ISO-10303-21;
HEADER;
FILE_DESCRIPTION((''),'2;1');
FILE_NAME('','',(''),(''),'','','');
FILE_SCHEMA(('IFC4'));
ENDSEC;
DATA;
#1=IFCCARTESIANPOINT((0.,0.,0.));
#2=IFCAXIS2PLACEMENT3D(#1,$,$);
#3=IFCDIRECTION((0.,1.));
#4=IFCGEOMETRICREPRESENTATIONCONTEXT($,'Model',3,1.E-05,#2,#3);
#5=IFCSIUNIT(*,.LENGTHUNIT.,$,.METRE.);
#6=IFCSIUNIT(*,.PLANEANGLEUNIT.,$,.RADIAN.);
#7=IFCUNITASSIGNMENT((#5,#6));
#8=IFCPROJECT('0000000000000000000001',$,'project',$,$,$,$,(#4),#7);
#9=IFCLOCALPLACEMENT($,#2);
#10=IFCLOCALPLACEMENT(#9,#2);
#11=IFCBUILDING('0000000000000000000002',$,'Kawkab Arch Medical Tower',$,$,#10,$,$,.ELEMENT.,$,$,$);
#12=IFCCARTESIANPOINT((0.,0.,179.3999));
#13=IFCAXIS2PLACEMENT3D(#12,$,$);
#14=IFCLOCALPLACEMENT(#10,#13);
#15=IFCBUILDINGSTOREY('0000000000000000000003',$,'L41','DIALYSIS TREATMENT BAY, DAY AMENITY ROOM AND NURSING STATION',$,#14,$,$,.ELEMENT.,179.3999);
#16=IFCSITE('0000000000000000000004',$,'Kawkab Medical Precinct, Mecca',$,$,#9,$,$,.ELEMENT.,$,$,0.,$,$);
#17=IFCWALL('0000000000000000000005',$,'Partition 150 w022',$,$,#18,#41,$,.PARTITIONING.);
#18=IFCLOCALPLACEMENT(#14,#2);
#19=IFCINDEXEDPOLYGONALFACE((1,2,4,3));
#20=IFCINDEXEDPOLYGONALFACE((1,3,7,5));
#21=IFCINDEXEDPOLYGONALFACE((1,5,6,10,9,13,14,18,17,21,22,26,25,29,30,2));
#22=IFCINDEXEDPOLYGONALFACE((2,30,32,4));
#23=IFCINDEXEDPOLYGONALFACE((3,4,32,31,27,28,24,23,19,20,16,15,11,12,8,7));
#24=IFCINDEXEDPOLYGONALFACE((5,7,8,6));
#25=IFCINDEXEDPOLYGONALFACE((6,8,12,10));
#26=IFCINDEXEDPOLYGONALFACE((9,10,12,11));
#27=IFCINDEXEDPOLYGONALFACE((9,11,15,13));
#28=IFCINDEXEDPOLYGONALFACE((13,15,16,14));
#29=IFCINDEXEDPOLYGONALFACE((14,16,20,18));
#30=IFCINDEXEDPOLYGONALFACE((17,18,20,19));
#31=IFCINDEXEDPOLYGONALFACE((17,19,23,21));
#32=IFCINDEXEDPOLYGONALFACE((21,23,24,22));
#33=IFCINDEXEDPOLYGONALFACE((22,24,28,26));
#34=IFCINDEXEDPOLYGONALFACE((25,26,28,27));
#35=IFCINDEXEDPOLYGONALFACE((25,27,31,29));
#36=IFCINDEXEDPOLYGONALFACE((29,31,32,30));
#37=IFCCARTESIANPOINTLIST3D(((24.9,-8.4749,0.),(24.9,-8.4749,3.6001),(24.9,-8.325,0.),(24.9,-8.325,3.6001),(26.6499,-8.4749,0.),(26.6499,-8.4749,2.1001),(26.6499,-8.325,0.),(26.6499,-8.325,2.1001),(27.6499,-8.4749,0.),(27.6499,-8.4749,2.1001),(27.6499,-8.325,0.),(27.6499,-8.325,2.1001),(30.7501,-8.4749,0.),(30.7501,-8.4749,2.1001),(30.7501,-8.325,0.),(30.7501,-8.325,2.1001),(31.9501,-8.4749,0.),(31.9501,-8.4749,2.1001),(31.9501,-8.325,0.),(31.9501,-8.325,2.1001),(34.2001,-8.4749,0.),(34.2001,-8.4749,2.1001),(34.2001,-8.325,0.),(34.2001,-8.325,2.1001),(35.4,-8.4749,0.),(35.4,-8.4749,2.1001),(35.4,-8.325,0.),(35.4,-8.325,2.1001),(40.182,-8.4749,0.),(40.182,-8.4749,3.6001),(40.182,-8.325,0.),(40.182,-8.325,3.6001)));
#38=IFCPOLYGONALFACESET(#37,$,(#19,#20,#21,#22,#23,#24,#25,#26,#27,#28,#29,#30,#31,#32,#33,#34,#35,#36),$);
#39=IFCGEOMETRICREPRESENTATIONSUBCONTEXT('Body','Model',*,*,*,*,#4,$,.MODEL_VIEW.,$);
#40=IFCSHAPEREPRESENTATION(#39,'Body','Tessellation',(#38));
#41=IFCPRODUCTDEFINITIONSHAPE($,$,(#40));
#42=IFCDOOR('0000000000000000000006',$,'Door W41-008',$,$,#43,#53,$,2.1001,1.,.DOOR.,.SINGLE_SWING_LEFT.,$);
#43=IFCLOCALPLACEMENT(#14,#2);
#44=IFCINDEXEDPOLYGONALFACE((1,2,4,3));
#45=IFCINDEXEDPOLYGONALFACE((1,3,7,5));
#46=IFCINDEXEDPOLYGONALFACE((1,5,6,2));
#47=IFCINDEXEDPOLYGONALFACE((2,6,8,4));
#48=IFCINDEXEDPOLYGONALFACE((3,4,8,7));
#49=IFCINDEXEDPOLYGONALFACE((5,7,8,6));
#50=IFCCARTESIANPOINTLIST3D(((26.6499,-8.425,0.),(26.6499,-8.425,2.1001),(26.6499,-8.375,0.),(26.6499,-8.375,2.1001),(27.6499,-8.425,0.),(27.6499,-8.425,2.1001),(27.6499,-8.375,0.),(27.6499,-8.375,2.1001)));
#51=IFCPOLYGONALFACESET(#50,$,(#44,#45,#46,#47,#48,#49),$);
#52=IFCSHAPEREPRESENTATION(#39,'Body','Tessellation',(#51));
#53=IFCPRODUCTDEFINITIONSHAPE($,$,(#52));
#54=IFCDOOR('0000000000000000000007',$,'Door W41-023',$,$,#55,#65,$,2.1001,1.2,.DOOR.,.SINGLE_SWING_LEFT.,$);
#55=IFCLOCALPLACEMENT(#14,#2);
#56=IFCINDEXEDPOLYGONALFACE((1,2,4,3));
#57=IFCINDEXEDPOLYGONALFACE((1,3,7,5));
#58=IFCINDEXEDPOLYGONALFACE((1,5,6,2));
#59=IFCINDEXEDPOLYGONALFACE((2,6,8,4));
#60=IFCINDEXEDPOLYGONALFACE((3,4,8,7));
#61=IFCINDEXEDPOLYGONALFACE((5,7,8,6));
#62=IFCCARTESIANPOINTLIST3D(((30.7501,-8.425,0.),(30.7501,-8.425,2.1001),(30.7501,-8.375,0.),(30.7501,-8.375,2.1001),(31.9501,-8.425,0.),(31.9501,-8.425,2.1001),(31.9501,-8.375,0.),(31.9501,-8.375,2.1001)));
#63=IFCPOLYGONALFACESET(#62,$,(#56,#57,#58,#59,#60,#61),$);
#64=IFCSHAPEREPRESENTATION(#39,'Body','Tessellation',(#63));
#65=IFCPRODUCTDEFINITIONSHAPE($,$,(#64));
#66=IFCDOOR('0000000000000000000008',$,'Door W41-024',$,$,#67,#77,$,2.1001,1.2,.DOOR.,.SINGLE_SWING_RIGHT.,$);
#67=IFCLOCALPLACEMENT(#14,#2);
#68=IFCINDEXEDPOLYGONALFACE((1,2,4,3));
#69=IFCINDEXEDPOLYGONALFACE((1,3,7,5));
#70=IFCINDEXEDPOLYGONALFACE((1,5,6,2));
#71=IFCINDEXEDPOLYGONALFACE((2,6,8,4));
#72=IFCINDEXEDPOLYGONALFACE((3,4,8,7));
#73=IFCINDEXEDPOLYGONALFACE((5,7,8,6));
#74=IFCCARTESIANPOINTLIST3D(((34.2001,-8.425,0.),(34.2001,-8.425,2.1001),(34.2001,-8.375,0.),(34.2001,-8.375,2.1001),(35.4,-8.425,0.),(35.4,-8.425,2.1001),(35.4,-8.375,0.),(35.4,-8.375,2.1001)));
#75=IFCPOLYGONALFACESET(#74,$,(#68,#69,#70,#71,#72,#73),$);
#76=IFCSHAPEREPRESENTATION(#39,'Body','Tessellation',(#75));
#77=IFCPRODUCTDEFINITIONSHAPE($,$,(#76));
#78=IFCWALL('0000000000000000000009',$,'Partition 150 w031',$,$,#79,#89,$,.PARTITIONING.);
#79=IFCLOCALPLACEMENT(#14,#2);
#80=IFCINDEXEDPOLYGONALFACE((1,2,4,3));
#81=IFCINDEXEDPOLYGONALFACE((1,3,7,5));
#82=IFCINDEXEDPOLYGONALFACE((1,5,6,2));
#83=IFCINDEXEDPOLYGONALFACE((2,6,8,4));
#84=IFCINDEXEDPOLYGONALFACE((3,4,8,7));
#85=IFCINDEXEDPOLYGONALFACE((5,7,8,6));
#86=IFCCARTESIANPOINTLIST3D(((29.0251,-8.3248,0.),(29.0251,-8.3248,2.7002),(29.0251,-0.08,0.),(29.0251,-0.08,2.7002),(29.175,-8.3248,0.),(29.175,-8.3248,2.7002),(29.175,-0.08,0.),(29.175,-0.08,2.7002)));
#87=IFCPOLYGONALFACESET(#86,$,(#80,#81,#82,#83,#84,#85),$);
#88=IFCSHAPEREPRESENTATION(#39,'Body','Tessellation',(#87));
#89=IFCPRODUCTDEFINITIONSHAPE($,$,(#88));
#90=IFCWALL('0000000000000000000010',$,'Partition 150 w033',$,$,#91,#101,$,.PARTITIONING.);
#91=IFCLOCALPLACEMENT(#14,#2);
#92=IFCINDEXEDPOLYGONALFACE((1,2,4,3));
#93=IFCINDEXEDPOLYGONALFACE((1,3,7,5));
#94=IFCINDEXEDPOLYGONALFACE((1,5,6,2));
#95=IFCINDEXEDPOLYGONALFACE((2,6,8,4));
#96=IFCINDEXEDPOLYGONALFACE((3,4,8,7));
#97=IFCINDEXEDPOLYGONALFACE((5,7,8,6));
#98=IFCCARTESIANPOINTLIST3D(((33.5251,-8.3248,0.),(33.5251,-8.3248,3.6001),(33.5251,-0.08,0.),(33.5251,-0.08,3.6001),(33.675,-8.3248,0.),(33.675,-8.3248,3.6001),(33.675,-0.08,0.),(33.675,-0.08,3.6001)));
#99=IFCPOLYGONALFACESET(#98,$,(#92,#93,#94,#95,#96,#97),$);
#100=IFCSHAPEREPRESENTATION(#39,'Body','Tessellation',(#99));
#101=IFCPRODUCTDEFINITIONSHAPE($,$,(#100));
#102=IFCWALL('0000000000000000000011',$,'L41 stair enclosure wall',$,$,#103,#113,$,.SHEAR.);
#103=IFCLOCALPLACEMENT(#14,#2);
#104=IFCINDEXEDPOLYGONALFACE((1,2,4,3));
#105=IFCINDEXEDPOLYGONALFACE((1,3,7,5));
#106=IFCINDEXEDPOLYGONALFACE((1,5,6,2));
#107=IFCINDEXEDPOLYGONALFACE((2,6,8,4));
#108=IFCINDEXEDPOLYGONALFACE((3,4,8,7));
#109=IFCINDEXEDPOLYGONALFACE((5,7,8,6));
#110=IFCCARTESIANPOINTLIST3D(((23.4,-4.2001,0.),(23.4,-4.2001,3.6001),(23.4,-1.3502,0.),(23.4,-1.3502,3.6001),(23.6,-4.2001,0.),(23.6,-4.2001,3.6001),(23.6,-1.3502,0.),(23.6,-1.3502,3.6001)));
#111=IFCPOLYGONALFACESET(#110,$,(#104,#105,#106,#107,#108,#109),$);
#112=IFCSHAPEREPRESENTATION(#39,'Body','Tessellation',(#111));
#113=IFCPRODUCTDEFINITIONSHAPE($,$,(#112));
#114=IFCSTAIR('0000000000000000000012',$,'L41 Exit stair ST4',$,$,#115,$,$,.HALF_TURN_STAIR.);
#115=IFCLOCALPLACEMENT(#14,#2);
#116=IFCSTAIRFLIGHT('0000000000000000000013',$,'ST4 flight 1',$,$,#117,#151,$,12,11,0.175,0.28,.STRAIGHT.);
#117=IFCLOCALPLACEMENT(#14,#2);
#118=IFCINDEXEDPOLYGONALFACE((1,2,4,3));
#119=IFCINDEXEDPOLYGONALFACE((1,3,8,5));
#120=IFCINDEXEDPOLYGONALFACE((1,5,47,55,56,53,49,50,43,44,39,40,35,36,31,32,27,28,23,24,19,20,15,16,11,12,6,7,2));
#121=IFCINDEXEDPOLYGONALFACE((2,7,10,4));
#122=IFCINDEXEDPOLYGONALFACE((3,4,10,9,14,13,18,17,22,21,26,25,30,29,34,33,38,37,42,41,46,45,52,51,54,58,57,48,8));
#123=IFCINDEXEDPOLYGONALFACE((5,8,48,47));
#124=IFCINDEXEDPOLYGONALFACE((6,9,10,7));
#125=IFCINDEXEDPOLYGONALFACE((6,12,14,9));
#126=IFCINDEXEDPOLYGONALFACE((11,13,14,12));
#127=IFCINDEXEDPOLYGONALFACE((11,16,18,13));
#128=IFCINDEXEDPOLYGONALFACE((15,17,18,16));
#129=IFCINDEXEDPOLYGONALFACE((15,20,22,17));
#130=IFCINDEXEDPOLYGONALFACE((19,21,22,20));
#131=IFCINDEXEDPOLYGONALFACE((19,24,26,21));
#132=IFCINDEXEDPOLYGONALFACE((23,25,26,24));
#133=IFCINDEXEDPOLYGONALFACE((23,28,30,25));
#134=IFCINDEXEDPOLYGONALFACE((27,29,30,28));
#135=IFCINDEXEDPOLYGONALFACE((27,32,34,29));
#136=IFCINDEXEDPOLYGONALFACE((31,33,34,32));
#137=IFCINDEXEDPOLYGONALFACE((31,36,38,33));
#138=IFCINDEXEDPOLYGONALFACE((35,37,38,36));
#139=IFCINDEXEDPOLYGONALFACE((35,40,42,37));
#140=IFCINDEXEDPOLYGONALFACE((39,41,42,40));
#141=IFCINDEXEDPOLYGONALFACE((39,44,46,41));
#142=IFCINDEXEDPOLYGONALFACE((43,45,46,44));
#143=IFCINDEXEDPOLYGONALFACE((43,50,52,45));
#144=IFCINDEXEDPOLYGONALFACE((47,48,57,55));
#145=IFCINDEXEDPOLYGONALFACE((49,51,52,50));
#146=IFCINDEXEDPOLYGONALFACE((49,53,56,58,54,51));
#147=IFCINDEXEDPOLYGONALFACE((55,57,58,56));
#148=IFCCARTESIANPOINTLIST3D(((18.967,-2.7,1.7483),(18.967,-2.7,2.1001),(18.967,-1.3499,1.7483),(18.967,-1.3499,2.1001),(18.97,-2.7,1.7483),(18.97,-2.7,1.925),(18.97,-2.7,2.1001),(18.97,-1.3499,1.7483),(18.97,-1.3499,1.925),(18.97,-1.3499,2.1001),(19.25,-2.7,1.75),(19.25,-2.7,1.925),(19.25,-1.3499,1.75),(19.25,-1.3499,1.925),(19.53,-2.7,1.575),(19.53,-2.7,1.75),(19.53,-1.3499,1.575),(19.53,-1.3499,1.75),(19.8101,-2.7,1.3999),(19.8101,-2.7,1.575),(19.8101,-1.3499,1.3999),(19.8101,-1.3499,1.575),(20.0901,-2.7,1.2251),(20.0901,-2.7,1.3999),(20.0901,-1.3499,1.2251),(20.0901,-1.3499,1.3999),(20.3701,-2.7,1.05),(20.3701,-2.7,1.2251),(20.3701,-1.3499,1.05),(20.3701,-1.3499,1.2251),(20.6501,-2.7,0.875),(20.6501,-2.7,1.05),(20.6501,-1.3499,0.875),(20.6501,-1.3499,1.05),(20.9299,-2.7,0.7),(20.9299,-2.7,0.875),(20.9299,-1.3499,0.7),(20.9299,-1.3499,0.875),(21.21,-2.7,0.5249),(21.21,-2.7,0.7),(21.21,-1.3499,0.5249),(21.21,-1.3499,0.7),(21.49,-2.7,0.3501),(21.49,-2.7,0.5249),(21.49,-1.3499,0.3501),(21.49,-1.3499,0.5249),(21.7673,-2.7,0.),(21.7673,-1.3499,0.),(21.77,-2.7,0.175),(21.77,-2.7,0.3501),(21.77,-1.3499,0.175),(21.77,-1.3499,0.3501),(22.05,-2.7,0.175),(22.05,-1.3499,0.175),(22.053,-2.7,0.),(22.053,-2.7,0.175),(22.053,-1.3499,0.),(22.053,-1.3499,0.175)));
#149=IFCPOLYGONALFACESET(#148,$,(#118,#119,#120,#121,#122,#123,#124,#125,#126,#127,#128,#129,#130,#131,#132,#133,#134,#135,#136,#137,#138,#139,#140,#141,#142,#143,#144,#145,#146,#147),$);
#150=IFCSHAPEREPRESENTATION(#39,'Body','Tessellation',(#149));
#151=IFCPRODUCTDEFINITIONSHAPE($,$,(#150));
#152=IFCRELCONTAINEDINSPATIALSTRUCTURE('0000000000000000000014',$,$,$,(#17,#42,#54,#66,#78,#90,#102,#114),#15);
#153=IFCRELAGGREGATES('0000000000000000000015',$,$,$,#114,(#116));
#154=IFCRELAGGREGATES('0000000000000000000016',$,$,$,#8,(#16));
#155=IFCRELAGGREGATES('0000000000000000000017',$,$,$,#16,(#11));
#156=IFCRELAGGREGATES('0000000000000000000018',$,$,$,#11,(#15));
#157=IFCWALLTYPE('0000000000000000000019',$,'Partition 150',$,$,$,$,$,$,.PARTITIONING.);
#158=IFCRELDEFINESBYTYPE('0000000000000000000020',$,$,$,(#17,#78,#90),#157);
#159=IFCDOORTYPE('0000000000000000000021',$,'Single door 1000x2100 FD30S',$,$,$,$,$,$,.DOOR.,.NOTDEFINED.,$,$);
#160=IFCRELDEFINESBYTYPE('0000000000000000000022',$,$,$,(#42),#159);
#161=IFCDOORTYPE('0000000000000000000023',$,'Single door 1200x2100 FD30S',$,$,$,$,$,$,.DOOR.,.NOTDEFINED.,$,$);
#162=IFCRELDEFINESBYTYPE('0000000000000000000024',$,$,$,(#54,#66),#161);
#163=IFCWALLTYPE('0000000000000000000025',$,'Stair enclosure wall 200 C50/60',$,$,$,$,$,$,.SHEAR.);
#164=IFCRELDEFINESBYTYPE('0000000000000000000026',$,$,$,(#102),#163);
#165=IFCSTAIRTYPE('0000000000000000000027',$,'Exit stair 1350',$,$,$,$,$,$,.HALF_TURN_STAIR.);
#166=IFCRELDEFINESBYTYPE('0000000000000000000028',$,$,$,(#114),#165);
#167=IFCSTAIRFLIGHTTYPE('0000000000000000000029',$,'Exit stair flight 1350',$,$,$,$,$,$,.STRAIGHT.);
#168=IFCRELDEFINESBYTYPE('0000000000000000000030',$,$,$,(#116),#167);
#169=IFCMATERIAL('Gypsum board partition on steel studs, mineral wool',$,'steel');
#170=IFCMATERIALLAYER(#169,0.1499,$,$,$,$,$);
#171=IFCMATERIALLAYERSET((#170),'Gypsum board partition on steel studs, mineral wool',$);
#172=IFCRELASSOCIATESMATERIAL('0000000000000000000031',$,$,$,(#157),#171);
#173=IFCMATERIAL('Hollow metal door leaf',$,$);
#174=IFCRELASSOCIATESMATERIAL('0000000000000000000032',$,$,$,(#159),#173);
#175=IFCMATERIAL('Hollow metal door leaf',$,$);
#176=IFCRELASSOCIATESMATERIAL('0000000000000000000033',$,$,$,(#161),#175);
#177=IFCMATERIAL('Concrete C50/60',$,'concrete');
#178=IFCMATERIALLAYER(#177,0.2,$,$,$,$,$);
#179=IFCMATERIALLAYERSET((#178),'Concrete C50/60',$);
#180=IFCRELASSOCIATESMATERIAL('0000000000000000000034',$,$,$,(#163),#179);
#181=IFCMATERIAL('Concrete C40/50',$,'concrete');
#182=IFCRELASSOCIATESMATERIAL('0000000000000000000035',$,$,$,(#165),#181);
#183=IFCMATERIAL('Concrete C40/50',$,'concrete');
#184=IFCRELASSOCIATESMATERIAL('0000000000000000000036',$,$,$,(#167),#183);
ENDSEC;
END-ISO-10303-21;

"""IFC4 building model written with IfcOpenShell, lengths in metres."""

from ifc_helpers import new_model, si_unit, direction, frame, frame_2d, origin, place, context, subcontext, project, spatial, polyline, rectangle, outline, extrude, material, layer, layer_set, type_object, element, fill, aggregate, save


model = new_model("IFC4")

# Units and contexts
model_context = context("Model", 3, precision=1e-05, world=origin(), true_north=direction((0.0, 1.0)))
body_context = subcontext(model_context, "Body", "Model", "MODEL_VIEW")
ifc_project = project(units=[si_unit("LENGTHUNIT", "METRE"), si_unit("PLANEANGLEUNIT", "RADIAN")], contexts=[model_context])

# Site, building, storey
site_placement = place(None, origin())
site = spatial("IfcSite", under=ifc_project, at=site_placement, Name="Kawkab Medical Precinct, Mecca", CompositionType="ELEMENT", RefElevation=0.0)
building_placement = place(site_placement, origin())
building = spatial("IfcBuilding", under=site, at=building_placement, Name="Kawkab Arch Medical Tower", CompositionType="ELEMENT")
storey_placement = place(building_placement, frame((0.0, 0.0, 179.3999)))
storey = spatial("IfcBuildingStorey", under=building, at=storey_placement, Name="L41", Description="DIALYSIS TREATMENT BAY, DAY AMENITY ROOM AND NURSING STATION", CompositionType="ELEMENT", Elevation=179.3999)

# Shared definitions
placement = place(storey_placement, origin())

# Wall, openings, doors
ifc_material_1 = material(Name="Gypsum board partition on steel studs, mineral wool", Category="steel")
ifc_layer_1 = layer(ifc_material_1, 0.1499)
ifc_layer_set_1 = layer_set([ifc_layer_1], Name="Gypsum board partition on steel studs, mineral wool")
wall_type_1 = type_object("IfcWallType", Name="Partition 150", PredefinedType="PARTITIONING", material=ifc_layer_set_1)
ifc_material_2 = material(Name="Hollow metal door leaf")
door_type_1 = type_object("IfcDoorType", Name="Single door 1000x2100 FD30S", OperationType="NOTDEFINED", PredefinedType="DOOR", material=ifc_material_2)
ifc_material_3 = material(Name="Hollow metal door leaf")
door_type_2 = type_object("IfcDoorType", Name="Single door 1200x2100 FD30S", OperationType="NOTDEFINED", PredefinedType="DOOR", material=ifc_material_3)
wall_1_placement = place(storey_placement, frame((24.8999, -8.3999, 0.0), z_axis=(0.0, 0.0, 1.0), x_axis=(1.0, 0.0, 0.0)))
wall_1 = element("IfcWall", 1, at=wall_1_placement, inside=storey, type_object=wall_type_1, Name="Partition 150 w022", PredefinedType="PARTITIONING", context=body_context, shape_type="SweptSolid", body=[
    extrude(rectangle(XDim=15.282, YDim=0.1499, at=frame_2d((7.6411, 0.0))), origin(), (0.0, 0.0, 1.0), 3.6001),
])
opening_1_placement = place(wall_1_placement, frame((1.75, 0.0, 0.0)))
opening_1 = element("IfcOpeningElement", 2, at=opening_1_placement, cuts=wall_1, PredefinedType="OPENING", context=body_context, shape_type="SweptSolid", body=[
    extrude(rectangle(XDim=1.0, YDim=2.1001, at=frame_2d((0.5, 1.05))), frame((0.0, 0.085, 0.0), z_axis=(0.0, -1.0, 0.0), x_axis=(1.0, 0.0, 0.0)), (0.0, 0.0, 1.0), 0.1699),
])
opening_2_placement = place(wall_1_placement, frame((5.8501, 0.0, 0.0)))
opening_2 = element("IfcOpeningElement", 3, at=opening_2_placement, cuts=wall_1, PredefinedType="OPENING", context=body_context, shape_type="SweptSolid", body=[
    extrude(rectangle(XDim=1.2, YDim=2.1001, at=frame_2d((0.6001, 1.05))), frame((0.0, 0.085, 0.0), z_axis=(0.0, -1.0, 0.0), x_axis=(1.0, 0.0, 0.0)), (0.0, 0.0, 1.0), 0.1699),
])
opening_3_placement = place(wall_1_placement, frame((9.3, 0.0, 0.0)))
opening_3 = element("IfcOpeningElement", 4, at=opening_3_placement, cuts=wall_1, PredefinedType="OPENING", context=body_context, shape_type="SweptSolid", body=[
    extrude(rectangle(XDim=1.2, YDim=2.1001, at=frame_2d((0.6001, 1.05))), frame((0.0, 0.085, 0.0), z_axis=(0.0, -1.0, 0.0), x_axis=(1.0, 0.0, 0.0)), (0.0, 0.0, 1.0), 0.1699),
])
door_1_placement = place(opening_1_placement, origin())
door_1 = element("IfcDoor", 5, at=door_1_placement, inside=storey, type_object=door_type_1, Name="Door W41-008", OperationType="SINGLE_SWING_LEFT", OverallHeight=2.1001, OverallWidth=1.0, PredefinedType="DOOR", context=body_context, shape_type="SweptSolid", body=[
    extrude(rectangle(XDim=1.0, YDim=2.1001, at=frame_2d((0.5, 1.05))), frame((0.0, 0.0249, 0.0), z_axis=(0.0, -1.0, 0.0), x_axis=(1.0, 0.0, 0.0)), (0.0, 0.0, 1.0), 0.05),
])
fill(opening_1, door_1)
door_2_placement = place(opening_2_placement, origin())
door_2 = element("IfcDoor", 6, at=door_2_placement, inside=storey, type_object=door_type_2, Name="Door W41-023", OperationType="SINGLE_SWING_LEFT", OverallHeight=2.1001, OverallWidth=1.2, PredefinedType="DOOR", context=body_context, shape_type="SweptSolid", body=[
    extrude(rectangle(XDim=1.2, YDim=2.1001, at=frame_2d((0.6001, 1.05))), frame((0.0, 0.0249, 0.0), z_axis=(0.0, -1.0, 0.0), x_axis=(1.0, 0.0, 0.0)), (0.0, 0.0, 1.0), 0.05),
])
fill(opening_2, door_2)
door_3_placement = place(opening_3_placement, origin())
door_3 = element("IfcDoor", 7, at=door_3_placement, inside=storey, type_object=door_type_2, Name="Door W41-024", OperationType="SINGLE_SWING_RIGHT", OverallHeight=2.1001, OverallWidth=1.2, PredefinedType="DOOR", context=body_context, shape_type="SweptSolid", body=[
    extrude(rectangle(XDim=1.2, YDim=2.1001, at=frame_2d((0.6001, 1.05))), frame((0.0, 0.0249, 0.0), z_axis=(0.0, -1.0, 0.0), x_axis=(1.0, 0.0, 0.0)), (0.0, 0.0, 1.0), 0.05),
])
fill(opening_3, door_3)

# Walls
wall_2_placement = place(storey_placement, frame((29.1001, -8.325, 0.0), z_axis=(0.0, 0.0, 1.0), x_axis=(0.0, 1.0, 0.0)))
element("IfcWall", 8, at=wall_2_placement, inside=storey, type_object=wall_type_1, Name="Partition 150 w031", PredefinedType="PARTITIONING", context=body_context, shape_type="SweptSolid", body=[
    extrude(rectangle(XDim=8.2449, YDim=0.1499, at=frame_2d((4.1226, 0.0))), origin(), (0.0, 0.0, 1.0), 2.7002),
])
wall_3_placement = place(storey_placement, frame((33.6001, -8.325, 0.0), z_axis=(0.0, 0.0, 1.0), x_axis=(0.0, 1.0, 0.0)))
element("IfcWall", 9, at=wall_3_placement, inside=storey, type_object=wall_type_1, Name="Partition 150 w033", PredefinedType="PARTITIONING", context=body_context, shape_type="SweptSolid", body=[
    extrude(rectangle(XDim=8.2449, YDim=0.1499, at=frame_2d((4.1226, 0.0))), origin(), (0.0, 0.0, 1.0), 3.6001),
])
ifc_material_4 = material(Name="Concrete C50/60", Category="concrete")
ifc_layer_2 = layer(ifc_material_4, 0.2)
ifc_layer_set_2 = layer_set([ifc_layer_2], Name="Concrete C50/60")
wall_type_2 = type_object("IfcWallType", Name="Stair enclosure wall 200 C50/60", PredefinedType="SHEAR", material=ifc_layer_set_2)
wall_4_placement = place(storey_placement, frame((23.5, -4.2, 0.0), z_axis=(0.0, 0.0, 1.0), x_axis=(0.0, 1.0, 0.0)))
element("IfcWall", 10, at=wall_4_placement, inside=storey, type_object=wall_type_2, Name="L41 stair enclosure wall", PredefinedType="SHEAR", context=body_context, shape_type="SweptSolid", body=[
    extrude(rectangle(XDim=2.8499, YDim=0.2, at=frame_2d((1.4248, 0.0))), origin(), (0.0, 0.0, 1.0), 3.6001),
])

# Stair, stair flight
ifc_material_5 = material(Name="Concrete C40/50", Category="concrete")
stair_type = type_object("IfcStairType", Name="Exit stair 1350", PredefinedType="HALF_TURN_STAIR", material=ifc_material_5)
stair = element("IfcStair", 11, at=placement, inside=storey, type_object=stair_type, Name="L41 Exit stair ST4", PredefinedType="HALF_TURN_STAIR")
ifc_material_6 = material(Name="Concrete C40/50", Category="concrete")
stair_flight_type = type_object("IfcStairFlightType", Name="Exit stair flight 1350", PredefinedType="STRAIGHT", material=ifc_material_6)
stair_flight_placement = place(storey_placement, frame((22.05, -2.0249, 0.0), z_axis=(0.0, 0.0, 1.0), x_axis=(-1.0, 0.0, 0.0)))
stair_flight = element("IfcStairFlight", 12, at=stair_flight_placement, type_object=stair_flight_type, Name="ST4 flight 1", NumberOfRisers=12, NumberOfTreads=11, PredefinedType="STRAIGHT", RiserHeight=0.175, TreadLength=0.28, context=body_context, shape_type="SweptSolid", body=[
    extrude(outline(polyline([(-0.0029, 0.0), (-0.0029, 0.175), (0.0, 0.175), (0.28, 0.175), (0.28, 0.3501), (0.5601, 0.3501), (0.5601, 0.5249), (0.8401, 0.5249), (0.8401, 0.7), (1.1201, 0.7), (1.1201, 0.875), (1.3999, 0.875), (1.3999, 1.05), (1.6799, 1.05), (1.6799, 1.2251), (1.96, 1.2251), (1.96, 1.3999), (2.24, 1.3999), (2.24, 1.575), (2.52, 1.575), (2.52, 1.75), (2.8, 1.75), (2.8, 1.925), (3.0801, 1.925), (3.0801, 2.1001), (3.083, 2.1001), (3.083, 1.7483), (3.0801, 1.7483), (0.2827, 0.0), (-0.0029, 0.0)])), frame((0.0, 0.675, 0.0), z_axis=(0.0, -1.0, 0.0), x_axis=(1.0, 0.0, 0.0)), (0.0, 0.0, 1.0), 1.3501),
])
aggregate(stair, [stair_flight])

save(model, "model.ifc")
